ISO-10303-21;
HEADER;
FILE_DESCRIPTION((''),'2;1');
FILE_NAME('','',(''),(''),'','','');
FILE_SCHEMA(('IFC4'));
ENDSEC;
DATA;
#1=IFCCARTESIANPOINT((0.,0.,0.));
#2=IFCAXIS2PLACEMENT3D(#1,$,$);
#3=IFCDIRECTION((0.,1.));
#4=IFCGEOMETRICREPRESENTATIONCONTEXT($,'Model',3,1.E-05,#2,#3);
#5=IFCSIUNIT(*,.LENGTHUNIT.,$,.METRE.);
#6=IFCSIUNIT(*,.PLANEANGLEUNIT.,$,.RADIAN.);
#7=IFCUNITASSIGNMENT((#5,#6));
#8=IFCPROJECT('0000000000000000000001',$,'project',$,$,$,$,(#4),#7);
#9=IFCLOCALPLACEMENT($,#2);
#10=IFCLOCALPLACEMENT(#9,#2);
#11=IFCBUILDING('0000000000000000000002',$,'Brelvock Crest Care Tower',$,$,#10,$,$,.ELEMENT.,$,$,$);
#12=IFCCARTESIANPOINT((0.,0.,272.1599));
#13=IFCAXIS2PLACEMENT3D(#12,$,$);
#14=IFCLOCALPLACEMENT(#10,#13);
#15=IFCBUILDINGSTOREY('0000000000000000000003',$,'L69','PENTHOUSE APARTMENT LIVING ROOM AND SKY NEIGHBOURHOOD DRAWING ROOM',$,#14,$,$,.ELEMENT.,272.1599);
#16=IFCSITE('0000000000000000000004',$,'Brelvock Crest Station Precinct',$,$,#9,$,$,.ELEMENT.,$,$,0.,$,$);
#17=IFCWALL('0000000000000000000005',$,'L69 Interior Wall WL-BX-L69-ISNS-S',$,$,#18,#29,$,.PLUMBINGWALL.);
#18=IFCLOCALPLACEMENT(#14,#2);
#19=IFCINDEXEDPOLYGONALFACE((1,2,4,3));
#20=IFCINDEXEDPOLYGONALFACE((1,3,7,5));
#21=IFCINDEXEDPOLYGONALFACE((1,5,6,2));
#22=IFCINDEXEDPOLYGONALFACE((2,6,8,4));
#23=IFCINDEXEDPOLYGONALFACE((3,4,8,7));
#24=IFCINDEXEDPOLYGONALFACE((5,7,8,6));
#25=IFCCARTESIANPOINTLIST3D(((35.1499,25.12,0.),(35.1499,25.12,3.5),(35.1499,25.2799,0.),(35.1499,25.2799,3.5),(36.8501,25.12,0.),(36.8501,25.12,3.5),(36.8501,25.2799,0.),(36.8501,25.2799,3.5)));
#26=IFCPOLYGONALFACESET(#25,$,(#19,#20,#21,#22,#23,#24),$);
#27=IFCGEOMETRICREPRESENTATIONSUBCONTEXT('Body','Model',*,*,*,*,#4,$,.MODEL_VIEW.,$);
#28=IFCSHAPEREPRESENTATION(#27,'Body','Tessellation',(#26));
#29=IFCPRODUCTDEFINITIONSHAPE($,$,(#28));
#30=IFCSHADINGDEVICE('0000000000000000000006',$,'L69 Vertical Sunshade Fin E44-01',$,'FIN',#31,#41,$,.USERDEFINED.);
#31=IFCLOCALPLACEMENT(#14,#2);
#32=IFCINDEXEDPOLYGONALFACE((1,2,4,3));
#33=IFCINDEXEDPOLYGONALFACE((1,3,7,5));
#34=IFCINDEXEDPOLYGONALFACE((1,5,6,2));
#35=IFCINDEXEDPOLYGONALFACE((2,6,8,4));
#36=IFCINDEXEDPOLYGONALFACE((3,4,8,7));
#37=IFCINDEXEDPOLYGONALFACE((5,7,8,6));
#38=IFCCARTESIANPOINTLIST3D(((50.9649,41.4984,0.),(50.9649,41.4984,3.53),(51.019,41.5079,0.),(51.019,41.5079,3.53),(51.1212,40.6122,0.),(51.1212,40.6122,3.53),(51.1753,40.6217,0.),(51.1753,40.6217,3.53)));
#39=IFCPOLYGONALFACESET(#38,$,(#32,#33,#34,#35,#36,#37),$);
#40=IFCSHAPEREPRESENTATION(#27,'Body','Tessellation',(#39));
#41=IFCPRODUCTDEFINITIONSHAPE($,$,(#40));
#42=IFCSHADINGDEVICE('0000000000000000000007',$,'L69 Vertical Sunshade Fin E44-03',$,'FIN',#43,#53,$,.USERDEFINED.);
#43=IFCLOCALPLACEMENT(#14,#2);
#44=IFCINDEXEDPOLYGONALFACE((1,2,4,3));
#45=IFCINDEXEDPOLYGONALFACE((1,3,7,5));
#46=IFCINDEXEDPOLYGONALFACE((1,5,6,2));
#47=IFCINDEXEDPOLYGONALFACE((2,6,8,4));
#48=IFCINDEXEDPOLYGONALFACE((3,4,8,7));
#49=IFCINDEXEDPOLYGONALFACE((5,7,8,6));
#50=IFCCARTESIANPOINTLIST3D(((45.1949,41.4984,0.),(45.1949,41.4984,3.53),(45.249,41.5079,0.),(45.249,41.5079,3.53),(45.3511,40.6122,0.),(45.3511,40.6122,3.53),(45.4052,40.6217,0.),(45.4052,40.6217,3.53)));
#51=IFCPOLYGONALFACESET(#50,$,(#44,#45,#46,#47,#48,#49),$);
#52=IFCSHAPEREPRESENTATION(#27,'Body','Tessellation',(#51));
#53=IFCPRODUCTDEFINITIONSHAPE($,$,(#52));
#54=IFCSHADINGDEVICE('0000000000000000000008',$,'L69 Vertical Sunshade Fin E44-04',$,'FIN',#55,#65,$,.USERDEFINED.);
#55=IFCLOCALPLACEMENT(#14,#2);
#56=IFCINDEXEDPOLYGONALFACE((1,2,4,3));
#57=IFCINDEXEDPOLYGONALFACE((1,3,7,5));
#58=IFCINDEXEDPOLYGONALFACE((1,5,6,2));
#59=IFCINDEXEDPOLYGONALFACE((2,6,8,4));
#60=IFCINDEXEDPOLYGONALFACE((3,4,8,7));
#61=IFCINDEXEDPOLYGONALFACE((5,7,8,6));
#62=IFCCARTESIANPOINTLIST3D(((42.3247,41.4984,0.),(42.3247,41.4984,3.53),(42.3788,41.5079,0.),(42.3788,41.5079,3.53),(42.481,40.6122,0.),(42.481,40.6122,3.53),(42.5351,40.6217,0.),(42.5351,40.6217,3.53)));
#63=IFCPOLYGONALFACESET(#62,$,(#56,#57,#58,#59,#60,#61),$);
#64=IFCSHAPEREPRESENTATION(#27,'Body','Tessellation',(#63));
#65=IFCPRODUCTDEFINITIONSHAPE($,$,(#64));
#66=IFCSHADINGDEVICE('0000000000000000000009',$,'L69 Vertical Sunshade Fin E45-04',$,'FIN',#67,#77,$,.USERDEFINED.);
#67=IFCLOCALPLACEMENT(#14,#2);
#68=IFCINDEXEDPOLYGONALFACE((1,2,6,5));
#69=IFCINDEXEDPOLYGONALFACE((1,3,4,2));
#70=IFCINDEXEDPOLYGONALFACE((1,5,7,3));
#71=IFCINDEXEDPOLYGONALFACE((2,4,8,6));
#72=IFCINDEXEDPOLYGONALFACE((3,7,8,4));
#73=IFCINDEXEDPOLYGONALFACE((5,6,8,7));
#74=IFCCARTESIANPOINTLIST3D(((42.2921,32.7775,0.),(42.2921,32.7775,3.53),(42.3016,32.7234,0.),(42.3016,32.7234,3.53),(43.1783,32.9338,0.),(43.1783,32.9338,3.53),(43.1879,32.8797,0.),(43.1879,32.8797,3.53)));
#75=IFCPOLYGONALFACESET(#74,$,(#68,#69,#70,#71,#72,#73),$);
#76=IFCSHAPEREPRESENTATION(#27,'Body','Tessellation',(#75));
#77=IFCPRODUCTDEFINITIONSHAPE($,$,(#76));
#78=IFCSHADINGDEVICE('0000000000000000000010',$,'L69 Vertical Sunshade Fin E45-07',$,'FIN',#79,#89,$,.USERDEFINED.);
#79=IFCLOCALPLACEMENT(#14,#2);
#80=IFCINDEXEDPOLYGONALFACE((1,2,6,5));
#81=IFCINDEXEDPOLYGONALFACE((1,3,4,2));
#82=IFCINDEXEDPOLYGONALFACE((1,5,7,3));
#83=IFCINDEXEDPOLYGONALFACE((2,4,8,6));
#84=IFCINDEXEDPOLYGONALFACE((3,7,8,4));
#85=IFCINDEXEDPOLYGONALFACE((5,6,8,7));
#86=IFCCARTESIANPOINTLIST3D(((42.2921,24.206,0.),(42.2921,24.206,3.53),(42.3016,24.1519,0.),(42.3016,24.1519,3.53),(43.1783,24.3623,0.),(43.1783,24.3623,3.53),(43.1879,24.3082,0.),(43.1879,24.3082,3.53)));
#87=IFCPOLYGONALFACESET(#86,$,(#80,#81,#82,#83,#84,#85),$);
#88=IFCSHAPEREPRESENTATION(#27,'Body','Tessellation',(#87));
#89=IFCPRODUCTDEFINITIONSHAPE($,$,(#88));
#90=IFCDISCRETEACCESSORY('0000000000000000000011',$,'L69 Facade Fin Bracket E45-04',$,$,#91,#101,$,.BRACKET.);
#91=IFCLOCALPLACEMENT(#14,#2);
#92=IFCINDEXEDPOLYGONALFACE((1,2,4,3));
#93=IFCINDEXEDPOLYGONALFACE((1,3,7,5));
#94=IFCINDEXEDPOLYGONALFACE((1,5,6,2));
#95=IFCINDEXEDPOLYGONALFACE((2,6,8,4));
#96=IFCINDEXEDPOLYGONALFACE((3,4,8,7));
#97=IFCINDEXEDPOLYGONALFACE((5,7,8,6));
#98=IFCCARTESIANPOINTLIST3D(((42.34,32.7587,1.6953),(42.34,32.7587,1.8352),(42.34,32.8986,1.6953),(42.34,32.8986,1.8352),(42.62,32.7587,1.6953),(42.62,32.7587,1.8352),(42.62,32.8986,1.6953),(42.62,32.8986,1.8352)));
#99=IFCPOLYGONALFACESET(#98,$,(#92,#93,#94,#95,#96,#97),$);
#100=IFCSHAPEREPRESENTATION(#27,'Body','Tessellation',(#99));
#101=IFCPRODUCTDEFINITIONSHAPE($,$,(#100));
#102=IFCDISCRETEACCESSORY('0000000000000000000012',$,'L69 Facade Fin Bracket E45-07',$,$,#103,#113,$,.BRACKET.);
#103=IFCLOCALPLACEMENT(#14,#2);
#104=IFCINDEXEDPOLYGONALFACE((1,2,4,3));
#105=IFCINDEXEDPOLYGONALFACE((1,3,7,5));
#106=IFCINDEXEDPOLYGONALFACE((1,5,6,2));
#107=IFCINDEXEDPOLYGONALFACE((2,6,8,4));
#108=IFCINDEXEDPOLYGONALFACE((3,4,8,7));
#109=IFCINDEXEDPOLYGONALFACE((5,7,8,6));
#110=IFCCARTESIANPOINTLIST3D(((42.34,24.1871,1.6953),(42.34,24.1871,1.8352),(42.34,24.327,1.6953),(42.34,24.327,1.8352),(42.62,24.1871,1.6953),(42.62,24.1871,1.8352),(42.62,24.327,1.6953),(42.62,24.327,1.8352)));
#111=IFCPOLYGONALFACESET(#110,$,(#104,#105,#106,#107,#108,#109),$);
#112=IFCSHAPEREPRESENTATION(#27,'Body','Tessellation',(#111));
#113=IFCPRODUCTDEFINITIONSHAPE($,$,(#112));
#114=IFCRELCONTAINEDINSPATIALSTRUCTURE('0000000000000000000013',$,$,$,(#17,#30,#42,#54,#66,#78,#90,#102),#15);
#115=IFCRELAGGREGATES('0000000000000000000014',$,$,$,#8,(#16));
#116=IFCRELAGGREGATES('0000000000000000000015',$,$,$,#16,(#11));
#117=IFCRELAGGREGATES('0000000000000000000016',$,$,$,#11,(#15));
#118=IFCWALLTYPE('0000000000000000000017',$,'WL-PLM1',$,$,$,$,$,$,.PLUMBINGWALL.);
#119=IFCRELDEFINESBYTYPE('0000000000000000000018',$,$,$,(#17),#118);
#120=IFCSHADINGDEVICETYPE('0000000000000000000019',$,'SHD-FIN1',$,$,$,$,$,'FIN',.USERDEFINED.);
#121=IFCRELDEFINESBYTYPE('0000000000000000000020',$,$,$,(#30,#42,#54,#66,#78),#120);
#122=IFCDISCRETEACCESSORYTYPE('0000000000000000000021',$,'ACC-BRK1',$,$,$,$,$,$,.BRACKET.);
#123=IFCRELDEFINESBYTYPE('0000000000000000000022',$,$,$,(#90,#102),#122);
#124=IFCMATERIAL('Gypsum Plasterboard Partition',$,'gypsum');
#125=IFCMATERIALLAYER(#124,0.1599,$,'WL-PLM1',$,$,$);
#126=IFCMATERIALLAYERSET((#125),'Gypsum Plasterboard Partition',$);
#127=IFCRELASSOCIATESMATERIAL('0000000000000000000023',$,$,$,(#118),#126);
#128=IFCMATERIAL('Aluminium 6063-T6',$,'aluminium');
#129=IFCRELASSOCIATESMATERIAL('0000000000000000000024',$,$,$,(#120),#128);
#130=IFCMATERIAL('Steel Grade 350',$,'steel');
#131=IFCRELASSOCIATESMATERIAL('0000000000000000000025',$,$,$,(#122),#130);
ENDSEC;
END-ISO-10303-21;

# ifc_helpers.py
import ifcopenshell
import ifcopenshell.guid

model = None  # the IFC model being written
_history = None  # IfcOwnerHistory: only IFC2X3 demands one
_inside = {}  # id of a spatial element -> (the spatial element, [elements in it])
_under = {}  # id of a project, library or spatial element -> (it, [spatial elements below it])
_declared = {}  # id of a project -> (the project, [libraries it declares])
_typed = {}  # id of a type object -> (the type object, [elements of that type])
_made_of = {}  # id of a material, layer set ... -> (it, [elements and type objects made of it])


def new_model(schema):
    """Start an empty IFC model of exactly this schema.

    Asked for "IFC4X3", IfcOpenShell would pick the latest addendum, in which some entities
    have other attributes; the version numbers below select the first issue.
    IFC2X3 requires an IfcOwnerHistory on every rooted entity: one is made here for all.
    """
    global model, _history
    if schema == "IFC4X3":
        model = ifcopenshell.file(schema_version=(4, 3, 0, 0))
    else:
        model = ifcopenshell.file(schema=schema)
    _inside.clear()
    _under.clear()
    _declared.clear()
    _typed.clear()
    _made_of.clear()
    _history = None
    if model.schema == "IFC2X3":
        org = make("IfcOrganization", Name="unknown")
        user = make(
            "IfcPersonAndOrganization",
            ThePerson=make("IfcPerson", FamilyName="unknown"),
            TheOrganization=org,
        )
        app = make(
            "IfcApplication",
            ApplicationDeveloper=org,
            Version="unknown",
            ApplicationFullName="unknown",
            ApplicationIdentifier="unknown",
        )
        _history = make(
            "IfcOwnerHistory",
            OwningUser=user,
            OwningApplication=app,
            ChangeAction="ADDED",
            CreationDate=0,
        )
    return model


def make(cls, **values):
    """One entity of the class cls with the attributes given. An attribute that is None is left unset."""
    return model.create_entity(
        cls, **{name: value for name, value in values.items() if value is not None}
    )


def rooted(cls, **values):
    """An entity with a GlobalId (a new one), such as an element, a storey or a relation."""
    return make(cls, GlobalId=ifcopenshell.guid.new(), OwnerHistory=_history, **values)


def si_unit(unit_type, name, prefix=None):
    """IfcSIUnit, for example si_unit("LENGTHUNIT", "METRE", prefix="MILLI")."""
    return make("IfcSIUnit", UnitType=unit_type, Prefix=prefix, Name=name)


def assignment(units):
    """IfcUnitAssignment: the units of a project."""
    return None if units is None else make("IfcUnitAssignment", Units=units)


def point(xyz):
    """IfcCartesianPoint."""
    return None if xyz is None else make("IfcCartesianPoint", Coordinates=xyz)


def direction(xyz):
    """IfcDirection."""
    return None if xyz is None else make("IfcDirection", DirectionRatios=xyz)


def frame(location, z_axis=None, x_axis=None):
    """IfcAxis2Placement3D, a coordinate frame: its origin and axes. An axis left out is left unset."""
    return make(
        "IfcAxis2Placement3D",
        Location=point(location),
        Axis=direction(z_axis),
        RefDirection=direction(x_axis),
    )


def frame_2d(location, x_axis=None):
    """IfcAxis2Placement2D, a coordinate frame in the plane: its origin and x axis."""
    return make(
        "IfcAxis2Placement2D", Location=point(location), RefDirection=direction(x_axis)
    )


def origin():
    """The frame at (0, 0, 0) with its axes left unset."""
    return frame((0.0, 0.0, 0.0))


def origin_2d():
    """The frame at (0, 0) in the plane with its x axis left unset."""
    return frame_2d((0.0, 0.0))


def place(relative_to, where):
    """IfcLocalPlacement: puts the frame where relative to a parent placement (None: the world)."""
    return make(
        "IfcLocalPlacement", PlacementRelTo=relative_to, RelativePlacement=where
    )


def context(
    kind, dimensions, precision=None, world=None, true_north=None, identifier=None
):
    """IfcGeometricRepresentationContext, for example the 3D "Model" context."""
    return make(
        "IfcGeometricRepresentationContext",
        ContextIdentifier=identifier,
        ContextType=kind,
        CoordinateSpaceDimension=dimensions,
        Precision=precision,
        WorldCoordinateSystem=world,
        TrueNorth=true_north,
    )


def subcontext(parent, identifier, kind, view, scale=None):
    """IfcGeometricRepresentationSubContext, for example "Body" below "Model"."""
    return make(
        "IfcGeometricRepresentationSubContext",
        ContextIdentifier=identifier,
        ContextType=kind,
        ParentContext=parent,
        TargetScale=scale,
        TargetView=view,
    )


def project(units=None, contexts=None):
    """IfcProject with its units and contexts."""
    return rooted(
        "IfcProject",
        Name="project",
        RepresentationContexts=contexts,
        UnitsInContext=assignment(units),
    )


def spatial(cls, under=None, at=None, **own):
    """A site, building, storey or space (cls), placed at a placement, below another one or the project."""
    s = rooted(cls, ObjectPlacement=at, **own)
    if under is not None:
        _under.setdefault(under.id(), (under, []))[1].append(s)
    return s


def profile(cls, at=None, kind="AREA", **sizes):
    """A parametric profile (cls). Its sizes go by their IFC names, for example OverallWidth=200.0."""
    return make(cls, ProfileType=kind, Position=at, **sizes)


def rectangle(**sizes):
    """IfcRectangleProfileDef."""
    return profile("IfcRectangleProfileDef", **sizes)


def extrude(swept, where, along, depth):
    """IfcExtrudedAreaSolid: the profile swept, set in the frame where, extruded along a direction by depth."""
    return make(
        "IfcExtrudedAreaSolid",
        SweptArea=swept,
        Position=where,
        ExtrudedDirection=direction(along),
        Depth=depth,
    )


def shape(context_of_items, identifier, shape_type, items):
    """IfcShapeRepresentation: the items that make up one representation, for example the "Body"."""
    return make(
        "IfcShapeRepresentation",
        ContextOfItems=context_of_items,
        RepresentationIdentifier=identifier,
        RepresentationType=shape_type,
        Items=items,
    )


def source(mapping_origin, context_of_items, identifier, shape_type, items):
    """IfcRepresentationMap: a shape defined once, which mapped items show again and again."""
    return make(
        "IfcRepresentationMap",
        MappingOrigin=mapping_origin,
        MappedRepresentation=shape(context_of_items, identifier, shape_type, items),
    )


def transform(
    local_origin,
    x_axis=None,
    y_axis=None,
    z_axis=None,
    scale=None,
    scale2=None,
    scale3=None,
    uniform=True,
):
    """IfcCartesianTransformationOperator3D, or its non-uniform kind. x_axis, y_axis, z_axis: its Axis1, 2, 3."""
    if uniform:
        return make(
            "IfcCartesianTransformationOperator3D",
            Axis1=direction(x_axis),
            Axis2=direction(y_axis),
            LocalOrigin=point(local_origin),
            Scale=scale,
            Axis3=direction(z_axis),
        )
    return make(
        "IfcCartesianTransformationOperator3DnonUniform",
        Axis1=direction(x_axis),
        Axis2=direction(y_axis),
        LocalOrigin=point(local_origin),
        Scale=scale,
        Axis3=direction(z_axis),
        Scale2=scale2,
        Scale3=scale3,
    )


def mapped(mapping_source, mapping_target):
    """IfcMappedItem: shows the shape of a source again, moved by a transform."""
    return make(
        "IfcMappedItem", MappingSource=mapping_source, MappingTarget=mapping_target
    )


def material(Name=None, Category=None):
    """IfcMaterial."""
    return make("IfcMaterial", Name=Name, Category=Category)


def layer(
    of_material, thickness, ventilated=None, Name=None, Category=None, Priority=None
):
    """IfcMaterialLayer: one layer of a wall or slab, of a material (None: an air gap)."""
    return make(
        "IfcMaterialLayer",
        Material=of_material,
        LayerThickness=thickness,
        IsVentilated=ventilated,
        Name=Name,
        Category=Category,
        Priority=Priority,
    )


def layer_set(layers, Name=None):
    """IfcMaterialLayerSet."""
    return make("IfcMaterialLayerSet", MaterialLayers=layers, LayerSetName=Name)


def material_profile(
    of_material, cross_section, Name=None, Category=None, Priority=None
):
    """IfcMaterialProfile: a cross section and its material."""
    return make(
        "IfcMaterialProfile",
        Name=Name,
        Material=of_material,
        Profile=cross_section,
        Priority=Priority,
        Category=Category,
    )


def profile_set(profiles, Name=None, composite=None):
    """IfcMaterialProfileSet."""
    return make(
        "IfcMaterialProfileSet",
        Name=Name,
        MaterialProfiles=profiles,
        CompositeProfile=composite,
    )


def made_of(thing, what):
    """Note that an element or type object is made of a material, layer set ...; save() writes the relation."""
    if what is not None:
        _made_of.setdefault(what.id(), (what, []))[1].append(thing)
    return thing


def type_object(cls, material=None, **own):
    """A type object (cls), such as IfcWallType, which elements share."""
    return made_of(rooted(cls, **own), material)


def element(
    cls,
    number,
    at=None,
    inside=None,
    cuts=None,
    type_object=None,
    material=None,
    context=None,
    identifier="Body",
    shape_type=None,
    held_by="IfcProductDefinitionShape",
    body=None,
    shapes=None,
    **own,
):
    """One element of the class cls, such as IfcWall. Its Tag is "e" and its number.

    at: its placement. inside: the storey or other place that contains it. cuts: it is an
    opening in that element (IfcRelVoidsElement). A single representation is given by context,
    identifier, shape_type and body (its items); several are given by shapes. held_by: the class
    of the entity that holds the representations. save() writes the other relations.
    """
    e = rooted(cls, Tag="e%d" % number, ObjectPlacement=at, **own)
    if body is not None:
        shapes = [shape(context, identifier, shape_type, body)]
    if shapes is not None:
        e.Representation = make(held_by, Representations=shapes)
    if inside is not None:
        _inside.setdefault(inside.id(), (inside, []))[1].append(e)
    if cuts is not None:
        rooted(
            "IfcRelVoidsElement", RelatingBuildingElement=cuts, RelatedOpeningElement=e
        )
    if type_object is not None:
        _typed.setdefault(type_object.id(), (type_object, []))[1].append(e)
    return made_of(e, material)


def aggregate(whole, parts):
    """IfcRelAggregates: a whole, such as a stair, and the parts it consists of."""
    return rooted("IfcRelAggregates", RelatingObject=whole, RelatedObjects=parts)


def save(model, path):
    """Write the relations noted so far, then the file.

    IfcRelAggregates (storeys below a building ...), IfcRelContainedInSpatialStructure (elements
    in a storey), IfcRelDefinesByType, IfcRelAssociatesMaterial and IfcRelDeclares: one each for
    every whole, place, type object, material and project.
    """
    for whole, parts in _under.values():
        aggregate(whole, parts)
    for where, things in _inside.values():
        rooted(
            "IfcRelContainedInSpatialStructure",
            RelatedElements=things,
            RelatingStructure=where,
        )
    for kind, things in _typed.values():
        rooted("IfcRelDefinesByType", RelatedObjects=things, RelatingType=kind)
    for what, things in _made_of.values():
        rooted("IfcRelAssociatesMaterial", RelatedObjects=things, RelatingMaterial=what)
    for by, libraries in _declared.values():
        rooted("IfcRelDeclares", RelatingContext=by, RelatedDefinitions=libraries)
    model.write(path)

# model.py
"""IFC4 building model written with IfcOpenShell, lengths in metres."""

from ifc_helpers import new_model, si_unit, direction, frame, frame_2d, origin, origin_2d, place, context, subcontext, project, spatial, rectangle, extrude, source, transform, mapped, material, layer, layer_set, material_profile, profile_set, type_object, element, save


model = new_model("IFC4")

# Units and contexts
model_context = context("Model", 3, precision=1e-05, world=origin(), true_north=direction((0.0, 1.0)))
body_context = subcontext(model_context, "Body", "Model", "MODEL_VIEW")
ifc_project = project(units=[si_unit("LENGTHUNIT", "METRE"), si_unit("PLANEANGLEUNIT", "RADIAN")], contexts=[model_context])

# Site, building, storey
site_placement = place(None, origin())
site = spatial("IfcSite", under=ifc_project, at=site_placement, Name="Brelvock Crest Station Precinct", CompositionType="ELEMENT", RefElevation=0.0)
building_placement = place(site_placement, origin())
building = spatial("IfcBuilding", under=site, at=building_placement, Name="Brelvock Crest Care Tower", CompositionType="ELEMENT")
storey_placement = place(building_placement, frame((0.0, 0.0, 272.1599)))
storey = spatial("IfcBuildingStorey", under=building, at=storey_placement, Name="L69", Description="PENTHOUSE APARTMENT LIVING ROOM AND SKY NEIGHBOURHOOD DRAWING ROOM", CompositionType="ELEMENT", Elevation=272.1599)

# Shared definitions
ifc_material_1 = material(Name="Aluminium 6063-T6", Category="aluminium")

# Wall
ifc_material_2 = material(Name="Gypsum Plasterboard Partition", Category="gypsum")
ifc_layer_1 = layer(ifc_material_2, 0.1599, Name="WL-PLM1")
ifc_layer_set_1 = layer_set([ifc_layer_1], Name="Gypsum Plasterboard Partition")
wall_type_1 = type_object("IfcWallType", Name="WL-PLM1", PredefinedType="PLUMBINGWALL", material=ifc_layer_set_1)
wall_1_placement = place(storey_placement, frame((35.1499, 25.2, 0.0), z_axis=(0.0, 0.0, 1.0), x_axis=(1.0, 0.0, 0.0)))
element("IfcWall", 1, at=wall_1_placement, inside=storey, type_object=wall_type_1, Name="L69 Interior Wall WL-BX-L69-ISNS-S", PredefinedType="PLUMBINGWALL", context=body_context, shape_type="SweptSolid", body=[
    extrude(rectangle(XDim=1.7002, YDim=0.1599, at=frame_2d((0.8501, 0.0))), origin(), (0.0, 0.0, 1.0), 3.5),
])

# Shading devices
ifc_material_profile_1 = material_profile(ifc_material_1, rectangle(XDim=0.0549, YDim=0.8999, at=origin_2d()), Name="FIN55x900")
ifc_profile_set_1 = profile_set([ifc_material_profile_1], Name="Aluminium 6063-T6")
shading_device_type = type_object("IfcShadingDeviceType", Name="SHD-FIN1", ElementType="FIN", PredefinedType="USERDEFINED", material=ifc_profile_set_1)
shared_shape_1 = source(origin(), body_context, "Body", "SweptSolid", [
    extrude(rectangle(XDim=0.0549, YDim=0.8999, at=origin_2d()), origin(), (0.0, 0.0, 1.0), 3.53),
])
for number, where, z_axis, x_axis, name in (
    (2, (51.0701, 41.0601, 0.0), (0.0, 0.0, 1.0), (-0.984808, -0.173648, 0.0), "L69 Vertical Sunshade Fin E44-01"),
    (3, (45.3, 41.0601, 0.0), (0.0, 0.0, 1.0), (-0.984808, -0.173648, 0.0), "L69 Vertical Sunshade Fin E44-03"),
    (4, (42.4299, 41.0601, 0.0), (0.0, 0.0, 1.0), (-0.984808, -0.173648, 0.0), "L69 Vertical Sunshade Fin E44-04"),
    (5, (42.74, 32.8286, 0.0), (0.0, 0.0, 1.0), (0.173648, -0.984808, 0.0), "L69 Vertical Sunshade Fin E45-04"),
    (6, (42.74, 24.2571, 0.0), (0.0, 0.0, 1.0), (0.173648, -0.984808, 0.0), "L69 Vertical Sunshade Fin E45-07"),
):
    element("IfcShadingDevice", number, at=place(storey_placement, frame(where, z_axis=z_axis, x_axis=x_axis)), inside=storey, type_object=shading_device_type, Name=name, ObjectType="FIN", PredefinedType="USERDEFINED", context=body_context, shape_type="MappedRepresentation", body=[
        mapped(shared_shape_1, transform((0.0, 0.0, 0.0), x_axis=(1.0, 0.0, 0.0), y_axis=(0.0, 1.0, 0.0), z_axis=(0.0, 0.0, 1.0), scale=1.0)),
    ])

# Discrete accessories
ifc_material_3 = material(Name="Steel Grade 350", Category="steel")
discrete_accessory_type = type_object("IfcDiscreteAccessoryType", Name="ACC-BRK1", PredefinedType="BRACKET", material=ifc_material_3)
shared_shape_2 = source(origin(), body_context, "Body", "SweptSolid", [
    extrude(rectangle(XDim=0.28, YDim=0.1399, at=origin_2d()), origin(), (0.0, 0.0, 1.0), 0.1399),
])
for number, where, z_axis, x_axis, name in (
    (7, (42.48, 32.8286, 1.6953), (0.0, 0.0, 1.0), (1.0, 0.0, 0.0), "L69 Facade Fin Bracket E45-04"),
    (8, (42.48, 24.2571, 1.6953), (0.0, 0.0, 1.0), (1.0, 0.0, 0.0), "L69 Facade Fin Bracket E45-07"),
):
    element("IfcDiscreteAccessory", number, at=place(storey_placement, frame(where, z_axis=z_axis, x_axis=x_axis)), inside=storey, type_object=discrete_accessory_type, Name=name, PredefinedType="BRACKET", context=body_context, shape_type="MappedRepresentation", body=[
        mapped(shared_shape_2, transform((0.0, 0.0, 0.0), x_axis=(1.0, 0.0, 0.0), y_axis=(0.0, 1.0, 0.0), z_axis=(0.0, 0.0, 1.0), scale=1.0)),
    ])

save(model, "model.ifc")
